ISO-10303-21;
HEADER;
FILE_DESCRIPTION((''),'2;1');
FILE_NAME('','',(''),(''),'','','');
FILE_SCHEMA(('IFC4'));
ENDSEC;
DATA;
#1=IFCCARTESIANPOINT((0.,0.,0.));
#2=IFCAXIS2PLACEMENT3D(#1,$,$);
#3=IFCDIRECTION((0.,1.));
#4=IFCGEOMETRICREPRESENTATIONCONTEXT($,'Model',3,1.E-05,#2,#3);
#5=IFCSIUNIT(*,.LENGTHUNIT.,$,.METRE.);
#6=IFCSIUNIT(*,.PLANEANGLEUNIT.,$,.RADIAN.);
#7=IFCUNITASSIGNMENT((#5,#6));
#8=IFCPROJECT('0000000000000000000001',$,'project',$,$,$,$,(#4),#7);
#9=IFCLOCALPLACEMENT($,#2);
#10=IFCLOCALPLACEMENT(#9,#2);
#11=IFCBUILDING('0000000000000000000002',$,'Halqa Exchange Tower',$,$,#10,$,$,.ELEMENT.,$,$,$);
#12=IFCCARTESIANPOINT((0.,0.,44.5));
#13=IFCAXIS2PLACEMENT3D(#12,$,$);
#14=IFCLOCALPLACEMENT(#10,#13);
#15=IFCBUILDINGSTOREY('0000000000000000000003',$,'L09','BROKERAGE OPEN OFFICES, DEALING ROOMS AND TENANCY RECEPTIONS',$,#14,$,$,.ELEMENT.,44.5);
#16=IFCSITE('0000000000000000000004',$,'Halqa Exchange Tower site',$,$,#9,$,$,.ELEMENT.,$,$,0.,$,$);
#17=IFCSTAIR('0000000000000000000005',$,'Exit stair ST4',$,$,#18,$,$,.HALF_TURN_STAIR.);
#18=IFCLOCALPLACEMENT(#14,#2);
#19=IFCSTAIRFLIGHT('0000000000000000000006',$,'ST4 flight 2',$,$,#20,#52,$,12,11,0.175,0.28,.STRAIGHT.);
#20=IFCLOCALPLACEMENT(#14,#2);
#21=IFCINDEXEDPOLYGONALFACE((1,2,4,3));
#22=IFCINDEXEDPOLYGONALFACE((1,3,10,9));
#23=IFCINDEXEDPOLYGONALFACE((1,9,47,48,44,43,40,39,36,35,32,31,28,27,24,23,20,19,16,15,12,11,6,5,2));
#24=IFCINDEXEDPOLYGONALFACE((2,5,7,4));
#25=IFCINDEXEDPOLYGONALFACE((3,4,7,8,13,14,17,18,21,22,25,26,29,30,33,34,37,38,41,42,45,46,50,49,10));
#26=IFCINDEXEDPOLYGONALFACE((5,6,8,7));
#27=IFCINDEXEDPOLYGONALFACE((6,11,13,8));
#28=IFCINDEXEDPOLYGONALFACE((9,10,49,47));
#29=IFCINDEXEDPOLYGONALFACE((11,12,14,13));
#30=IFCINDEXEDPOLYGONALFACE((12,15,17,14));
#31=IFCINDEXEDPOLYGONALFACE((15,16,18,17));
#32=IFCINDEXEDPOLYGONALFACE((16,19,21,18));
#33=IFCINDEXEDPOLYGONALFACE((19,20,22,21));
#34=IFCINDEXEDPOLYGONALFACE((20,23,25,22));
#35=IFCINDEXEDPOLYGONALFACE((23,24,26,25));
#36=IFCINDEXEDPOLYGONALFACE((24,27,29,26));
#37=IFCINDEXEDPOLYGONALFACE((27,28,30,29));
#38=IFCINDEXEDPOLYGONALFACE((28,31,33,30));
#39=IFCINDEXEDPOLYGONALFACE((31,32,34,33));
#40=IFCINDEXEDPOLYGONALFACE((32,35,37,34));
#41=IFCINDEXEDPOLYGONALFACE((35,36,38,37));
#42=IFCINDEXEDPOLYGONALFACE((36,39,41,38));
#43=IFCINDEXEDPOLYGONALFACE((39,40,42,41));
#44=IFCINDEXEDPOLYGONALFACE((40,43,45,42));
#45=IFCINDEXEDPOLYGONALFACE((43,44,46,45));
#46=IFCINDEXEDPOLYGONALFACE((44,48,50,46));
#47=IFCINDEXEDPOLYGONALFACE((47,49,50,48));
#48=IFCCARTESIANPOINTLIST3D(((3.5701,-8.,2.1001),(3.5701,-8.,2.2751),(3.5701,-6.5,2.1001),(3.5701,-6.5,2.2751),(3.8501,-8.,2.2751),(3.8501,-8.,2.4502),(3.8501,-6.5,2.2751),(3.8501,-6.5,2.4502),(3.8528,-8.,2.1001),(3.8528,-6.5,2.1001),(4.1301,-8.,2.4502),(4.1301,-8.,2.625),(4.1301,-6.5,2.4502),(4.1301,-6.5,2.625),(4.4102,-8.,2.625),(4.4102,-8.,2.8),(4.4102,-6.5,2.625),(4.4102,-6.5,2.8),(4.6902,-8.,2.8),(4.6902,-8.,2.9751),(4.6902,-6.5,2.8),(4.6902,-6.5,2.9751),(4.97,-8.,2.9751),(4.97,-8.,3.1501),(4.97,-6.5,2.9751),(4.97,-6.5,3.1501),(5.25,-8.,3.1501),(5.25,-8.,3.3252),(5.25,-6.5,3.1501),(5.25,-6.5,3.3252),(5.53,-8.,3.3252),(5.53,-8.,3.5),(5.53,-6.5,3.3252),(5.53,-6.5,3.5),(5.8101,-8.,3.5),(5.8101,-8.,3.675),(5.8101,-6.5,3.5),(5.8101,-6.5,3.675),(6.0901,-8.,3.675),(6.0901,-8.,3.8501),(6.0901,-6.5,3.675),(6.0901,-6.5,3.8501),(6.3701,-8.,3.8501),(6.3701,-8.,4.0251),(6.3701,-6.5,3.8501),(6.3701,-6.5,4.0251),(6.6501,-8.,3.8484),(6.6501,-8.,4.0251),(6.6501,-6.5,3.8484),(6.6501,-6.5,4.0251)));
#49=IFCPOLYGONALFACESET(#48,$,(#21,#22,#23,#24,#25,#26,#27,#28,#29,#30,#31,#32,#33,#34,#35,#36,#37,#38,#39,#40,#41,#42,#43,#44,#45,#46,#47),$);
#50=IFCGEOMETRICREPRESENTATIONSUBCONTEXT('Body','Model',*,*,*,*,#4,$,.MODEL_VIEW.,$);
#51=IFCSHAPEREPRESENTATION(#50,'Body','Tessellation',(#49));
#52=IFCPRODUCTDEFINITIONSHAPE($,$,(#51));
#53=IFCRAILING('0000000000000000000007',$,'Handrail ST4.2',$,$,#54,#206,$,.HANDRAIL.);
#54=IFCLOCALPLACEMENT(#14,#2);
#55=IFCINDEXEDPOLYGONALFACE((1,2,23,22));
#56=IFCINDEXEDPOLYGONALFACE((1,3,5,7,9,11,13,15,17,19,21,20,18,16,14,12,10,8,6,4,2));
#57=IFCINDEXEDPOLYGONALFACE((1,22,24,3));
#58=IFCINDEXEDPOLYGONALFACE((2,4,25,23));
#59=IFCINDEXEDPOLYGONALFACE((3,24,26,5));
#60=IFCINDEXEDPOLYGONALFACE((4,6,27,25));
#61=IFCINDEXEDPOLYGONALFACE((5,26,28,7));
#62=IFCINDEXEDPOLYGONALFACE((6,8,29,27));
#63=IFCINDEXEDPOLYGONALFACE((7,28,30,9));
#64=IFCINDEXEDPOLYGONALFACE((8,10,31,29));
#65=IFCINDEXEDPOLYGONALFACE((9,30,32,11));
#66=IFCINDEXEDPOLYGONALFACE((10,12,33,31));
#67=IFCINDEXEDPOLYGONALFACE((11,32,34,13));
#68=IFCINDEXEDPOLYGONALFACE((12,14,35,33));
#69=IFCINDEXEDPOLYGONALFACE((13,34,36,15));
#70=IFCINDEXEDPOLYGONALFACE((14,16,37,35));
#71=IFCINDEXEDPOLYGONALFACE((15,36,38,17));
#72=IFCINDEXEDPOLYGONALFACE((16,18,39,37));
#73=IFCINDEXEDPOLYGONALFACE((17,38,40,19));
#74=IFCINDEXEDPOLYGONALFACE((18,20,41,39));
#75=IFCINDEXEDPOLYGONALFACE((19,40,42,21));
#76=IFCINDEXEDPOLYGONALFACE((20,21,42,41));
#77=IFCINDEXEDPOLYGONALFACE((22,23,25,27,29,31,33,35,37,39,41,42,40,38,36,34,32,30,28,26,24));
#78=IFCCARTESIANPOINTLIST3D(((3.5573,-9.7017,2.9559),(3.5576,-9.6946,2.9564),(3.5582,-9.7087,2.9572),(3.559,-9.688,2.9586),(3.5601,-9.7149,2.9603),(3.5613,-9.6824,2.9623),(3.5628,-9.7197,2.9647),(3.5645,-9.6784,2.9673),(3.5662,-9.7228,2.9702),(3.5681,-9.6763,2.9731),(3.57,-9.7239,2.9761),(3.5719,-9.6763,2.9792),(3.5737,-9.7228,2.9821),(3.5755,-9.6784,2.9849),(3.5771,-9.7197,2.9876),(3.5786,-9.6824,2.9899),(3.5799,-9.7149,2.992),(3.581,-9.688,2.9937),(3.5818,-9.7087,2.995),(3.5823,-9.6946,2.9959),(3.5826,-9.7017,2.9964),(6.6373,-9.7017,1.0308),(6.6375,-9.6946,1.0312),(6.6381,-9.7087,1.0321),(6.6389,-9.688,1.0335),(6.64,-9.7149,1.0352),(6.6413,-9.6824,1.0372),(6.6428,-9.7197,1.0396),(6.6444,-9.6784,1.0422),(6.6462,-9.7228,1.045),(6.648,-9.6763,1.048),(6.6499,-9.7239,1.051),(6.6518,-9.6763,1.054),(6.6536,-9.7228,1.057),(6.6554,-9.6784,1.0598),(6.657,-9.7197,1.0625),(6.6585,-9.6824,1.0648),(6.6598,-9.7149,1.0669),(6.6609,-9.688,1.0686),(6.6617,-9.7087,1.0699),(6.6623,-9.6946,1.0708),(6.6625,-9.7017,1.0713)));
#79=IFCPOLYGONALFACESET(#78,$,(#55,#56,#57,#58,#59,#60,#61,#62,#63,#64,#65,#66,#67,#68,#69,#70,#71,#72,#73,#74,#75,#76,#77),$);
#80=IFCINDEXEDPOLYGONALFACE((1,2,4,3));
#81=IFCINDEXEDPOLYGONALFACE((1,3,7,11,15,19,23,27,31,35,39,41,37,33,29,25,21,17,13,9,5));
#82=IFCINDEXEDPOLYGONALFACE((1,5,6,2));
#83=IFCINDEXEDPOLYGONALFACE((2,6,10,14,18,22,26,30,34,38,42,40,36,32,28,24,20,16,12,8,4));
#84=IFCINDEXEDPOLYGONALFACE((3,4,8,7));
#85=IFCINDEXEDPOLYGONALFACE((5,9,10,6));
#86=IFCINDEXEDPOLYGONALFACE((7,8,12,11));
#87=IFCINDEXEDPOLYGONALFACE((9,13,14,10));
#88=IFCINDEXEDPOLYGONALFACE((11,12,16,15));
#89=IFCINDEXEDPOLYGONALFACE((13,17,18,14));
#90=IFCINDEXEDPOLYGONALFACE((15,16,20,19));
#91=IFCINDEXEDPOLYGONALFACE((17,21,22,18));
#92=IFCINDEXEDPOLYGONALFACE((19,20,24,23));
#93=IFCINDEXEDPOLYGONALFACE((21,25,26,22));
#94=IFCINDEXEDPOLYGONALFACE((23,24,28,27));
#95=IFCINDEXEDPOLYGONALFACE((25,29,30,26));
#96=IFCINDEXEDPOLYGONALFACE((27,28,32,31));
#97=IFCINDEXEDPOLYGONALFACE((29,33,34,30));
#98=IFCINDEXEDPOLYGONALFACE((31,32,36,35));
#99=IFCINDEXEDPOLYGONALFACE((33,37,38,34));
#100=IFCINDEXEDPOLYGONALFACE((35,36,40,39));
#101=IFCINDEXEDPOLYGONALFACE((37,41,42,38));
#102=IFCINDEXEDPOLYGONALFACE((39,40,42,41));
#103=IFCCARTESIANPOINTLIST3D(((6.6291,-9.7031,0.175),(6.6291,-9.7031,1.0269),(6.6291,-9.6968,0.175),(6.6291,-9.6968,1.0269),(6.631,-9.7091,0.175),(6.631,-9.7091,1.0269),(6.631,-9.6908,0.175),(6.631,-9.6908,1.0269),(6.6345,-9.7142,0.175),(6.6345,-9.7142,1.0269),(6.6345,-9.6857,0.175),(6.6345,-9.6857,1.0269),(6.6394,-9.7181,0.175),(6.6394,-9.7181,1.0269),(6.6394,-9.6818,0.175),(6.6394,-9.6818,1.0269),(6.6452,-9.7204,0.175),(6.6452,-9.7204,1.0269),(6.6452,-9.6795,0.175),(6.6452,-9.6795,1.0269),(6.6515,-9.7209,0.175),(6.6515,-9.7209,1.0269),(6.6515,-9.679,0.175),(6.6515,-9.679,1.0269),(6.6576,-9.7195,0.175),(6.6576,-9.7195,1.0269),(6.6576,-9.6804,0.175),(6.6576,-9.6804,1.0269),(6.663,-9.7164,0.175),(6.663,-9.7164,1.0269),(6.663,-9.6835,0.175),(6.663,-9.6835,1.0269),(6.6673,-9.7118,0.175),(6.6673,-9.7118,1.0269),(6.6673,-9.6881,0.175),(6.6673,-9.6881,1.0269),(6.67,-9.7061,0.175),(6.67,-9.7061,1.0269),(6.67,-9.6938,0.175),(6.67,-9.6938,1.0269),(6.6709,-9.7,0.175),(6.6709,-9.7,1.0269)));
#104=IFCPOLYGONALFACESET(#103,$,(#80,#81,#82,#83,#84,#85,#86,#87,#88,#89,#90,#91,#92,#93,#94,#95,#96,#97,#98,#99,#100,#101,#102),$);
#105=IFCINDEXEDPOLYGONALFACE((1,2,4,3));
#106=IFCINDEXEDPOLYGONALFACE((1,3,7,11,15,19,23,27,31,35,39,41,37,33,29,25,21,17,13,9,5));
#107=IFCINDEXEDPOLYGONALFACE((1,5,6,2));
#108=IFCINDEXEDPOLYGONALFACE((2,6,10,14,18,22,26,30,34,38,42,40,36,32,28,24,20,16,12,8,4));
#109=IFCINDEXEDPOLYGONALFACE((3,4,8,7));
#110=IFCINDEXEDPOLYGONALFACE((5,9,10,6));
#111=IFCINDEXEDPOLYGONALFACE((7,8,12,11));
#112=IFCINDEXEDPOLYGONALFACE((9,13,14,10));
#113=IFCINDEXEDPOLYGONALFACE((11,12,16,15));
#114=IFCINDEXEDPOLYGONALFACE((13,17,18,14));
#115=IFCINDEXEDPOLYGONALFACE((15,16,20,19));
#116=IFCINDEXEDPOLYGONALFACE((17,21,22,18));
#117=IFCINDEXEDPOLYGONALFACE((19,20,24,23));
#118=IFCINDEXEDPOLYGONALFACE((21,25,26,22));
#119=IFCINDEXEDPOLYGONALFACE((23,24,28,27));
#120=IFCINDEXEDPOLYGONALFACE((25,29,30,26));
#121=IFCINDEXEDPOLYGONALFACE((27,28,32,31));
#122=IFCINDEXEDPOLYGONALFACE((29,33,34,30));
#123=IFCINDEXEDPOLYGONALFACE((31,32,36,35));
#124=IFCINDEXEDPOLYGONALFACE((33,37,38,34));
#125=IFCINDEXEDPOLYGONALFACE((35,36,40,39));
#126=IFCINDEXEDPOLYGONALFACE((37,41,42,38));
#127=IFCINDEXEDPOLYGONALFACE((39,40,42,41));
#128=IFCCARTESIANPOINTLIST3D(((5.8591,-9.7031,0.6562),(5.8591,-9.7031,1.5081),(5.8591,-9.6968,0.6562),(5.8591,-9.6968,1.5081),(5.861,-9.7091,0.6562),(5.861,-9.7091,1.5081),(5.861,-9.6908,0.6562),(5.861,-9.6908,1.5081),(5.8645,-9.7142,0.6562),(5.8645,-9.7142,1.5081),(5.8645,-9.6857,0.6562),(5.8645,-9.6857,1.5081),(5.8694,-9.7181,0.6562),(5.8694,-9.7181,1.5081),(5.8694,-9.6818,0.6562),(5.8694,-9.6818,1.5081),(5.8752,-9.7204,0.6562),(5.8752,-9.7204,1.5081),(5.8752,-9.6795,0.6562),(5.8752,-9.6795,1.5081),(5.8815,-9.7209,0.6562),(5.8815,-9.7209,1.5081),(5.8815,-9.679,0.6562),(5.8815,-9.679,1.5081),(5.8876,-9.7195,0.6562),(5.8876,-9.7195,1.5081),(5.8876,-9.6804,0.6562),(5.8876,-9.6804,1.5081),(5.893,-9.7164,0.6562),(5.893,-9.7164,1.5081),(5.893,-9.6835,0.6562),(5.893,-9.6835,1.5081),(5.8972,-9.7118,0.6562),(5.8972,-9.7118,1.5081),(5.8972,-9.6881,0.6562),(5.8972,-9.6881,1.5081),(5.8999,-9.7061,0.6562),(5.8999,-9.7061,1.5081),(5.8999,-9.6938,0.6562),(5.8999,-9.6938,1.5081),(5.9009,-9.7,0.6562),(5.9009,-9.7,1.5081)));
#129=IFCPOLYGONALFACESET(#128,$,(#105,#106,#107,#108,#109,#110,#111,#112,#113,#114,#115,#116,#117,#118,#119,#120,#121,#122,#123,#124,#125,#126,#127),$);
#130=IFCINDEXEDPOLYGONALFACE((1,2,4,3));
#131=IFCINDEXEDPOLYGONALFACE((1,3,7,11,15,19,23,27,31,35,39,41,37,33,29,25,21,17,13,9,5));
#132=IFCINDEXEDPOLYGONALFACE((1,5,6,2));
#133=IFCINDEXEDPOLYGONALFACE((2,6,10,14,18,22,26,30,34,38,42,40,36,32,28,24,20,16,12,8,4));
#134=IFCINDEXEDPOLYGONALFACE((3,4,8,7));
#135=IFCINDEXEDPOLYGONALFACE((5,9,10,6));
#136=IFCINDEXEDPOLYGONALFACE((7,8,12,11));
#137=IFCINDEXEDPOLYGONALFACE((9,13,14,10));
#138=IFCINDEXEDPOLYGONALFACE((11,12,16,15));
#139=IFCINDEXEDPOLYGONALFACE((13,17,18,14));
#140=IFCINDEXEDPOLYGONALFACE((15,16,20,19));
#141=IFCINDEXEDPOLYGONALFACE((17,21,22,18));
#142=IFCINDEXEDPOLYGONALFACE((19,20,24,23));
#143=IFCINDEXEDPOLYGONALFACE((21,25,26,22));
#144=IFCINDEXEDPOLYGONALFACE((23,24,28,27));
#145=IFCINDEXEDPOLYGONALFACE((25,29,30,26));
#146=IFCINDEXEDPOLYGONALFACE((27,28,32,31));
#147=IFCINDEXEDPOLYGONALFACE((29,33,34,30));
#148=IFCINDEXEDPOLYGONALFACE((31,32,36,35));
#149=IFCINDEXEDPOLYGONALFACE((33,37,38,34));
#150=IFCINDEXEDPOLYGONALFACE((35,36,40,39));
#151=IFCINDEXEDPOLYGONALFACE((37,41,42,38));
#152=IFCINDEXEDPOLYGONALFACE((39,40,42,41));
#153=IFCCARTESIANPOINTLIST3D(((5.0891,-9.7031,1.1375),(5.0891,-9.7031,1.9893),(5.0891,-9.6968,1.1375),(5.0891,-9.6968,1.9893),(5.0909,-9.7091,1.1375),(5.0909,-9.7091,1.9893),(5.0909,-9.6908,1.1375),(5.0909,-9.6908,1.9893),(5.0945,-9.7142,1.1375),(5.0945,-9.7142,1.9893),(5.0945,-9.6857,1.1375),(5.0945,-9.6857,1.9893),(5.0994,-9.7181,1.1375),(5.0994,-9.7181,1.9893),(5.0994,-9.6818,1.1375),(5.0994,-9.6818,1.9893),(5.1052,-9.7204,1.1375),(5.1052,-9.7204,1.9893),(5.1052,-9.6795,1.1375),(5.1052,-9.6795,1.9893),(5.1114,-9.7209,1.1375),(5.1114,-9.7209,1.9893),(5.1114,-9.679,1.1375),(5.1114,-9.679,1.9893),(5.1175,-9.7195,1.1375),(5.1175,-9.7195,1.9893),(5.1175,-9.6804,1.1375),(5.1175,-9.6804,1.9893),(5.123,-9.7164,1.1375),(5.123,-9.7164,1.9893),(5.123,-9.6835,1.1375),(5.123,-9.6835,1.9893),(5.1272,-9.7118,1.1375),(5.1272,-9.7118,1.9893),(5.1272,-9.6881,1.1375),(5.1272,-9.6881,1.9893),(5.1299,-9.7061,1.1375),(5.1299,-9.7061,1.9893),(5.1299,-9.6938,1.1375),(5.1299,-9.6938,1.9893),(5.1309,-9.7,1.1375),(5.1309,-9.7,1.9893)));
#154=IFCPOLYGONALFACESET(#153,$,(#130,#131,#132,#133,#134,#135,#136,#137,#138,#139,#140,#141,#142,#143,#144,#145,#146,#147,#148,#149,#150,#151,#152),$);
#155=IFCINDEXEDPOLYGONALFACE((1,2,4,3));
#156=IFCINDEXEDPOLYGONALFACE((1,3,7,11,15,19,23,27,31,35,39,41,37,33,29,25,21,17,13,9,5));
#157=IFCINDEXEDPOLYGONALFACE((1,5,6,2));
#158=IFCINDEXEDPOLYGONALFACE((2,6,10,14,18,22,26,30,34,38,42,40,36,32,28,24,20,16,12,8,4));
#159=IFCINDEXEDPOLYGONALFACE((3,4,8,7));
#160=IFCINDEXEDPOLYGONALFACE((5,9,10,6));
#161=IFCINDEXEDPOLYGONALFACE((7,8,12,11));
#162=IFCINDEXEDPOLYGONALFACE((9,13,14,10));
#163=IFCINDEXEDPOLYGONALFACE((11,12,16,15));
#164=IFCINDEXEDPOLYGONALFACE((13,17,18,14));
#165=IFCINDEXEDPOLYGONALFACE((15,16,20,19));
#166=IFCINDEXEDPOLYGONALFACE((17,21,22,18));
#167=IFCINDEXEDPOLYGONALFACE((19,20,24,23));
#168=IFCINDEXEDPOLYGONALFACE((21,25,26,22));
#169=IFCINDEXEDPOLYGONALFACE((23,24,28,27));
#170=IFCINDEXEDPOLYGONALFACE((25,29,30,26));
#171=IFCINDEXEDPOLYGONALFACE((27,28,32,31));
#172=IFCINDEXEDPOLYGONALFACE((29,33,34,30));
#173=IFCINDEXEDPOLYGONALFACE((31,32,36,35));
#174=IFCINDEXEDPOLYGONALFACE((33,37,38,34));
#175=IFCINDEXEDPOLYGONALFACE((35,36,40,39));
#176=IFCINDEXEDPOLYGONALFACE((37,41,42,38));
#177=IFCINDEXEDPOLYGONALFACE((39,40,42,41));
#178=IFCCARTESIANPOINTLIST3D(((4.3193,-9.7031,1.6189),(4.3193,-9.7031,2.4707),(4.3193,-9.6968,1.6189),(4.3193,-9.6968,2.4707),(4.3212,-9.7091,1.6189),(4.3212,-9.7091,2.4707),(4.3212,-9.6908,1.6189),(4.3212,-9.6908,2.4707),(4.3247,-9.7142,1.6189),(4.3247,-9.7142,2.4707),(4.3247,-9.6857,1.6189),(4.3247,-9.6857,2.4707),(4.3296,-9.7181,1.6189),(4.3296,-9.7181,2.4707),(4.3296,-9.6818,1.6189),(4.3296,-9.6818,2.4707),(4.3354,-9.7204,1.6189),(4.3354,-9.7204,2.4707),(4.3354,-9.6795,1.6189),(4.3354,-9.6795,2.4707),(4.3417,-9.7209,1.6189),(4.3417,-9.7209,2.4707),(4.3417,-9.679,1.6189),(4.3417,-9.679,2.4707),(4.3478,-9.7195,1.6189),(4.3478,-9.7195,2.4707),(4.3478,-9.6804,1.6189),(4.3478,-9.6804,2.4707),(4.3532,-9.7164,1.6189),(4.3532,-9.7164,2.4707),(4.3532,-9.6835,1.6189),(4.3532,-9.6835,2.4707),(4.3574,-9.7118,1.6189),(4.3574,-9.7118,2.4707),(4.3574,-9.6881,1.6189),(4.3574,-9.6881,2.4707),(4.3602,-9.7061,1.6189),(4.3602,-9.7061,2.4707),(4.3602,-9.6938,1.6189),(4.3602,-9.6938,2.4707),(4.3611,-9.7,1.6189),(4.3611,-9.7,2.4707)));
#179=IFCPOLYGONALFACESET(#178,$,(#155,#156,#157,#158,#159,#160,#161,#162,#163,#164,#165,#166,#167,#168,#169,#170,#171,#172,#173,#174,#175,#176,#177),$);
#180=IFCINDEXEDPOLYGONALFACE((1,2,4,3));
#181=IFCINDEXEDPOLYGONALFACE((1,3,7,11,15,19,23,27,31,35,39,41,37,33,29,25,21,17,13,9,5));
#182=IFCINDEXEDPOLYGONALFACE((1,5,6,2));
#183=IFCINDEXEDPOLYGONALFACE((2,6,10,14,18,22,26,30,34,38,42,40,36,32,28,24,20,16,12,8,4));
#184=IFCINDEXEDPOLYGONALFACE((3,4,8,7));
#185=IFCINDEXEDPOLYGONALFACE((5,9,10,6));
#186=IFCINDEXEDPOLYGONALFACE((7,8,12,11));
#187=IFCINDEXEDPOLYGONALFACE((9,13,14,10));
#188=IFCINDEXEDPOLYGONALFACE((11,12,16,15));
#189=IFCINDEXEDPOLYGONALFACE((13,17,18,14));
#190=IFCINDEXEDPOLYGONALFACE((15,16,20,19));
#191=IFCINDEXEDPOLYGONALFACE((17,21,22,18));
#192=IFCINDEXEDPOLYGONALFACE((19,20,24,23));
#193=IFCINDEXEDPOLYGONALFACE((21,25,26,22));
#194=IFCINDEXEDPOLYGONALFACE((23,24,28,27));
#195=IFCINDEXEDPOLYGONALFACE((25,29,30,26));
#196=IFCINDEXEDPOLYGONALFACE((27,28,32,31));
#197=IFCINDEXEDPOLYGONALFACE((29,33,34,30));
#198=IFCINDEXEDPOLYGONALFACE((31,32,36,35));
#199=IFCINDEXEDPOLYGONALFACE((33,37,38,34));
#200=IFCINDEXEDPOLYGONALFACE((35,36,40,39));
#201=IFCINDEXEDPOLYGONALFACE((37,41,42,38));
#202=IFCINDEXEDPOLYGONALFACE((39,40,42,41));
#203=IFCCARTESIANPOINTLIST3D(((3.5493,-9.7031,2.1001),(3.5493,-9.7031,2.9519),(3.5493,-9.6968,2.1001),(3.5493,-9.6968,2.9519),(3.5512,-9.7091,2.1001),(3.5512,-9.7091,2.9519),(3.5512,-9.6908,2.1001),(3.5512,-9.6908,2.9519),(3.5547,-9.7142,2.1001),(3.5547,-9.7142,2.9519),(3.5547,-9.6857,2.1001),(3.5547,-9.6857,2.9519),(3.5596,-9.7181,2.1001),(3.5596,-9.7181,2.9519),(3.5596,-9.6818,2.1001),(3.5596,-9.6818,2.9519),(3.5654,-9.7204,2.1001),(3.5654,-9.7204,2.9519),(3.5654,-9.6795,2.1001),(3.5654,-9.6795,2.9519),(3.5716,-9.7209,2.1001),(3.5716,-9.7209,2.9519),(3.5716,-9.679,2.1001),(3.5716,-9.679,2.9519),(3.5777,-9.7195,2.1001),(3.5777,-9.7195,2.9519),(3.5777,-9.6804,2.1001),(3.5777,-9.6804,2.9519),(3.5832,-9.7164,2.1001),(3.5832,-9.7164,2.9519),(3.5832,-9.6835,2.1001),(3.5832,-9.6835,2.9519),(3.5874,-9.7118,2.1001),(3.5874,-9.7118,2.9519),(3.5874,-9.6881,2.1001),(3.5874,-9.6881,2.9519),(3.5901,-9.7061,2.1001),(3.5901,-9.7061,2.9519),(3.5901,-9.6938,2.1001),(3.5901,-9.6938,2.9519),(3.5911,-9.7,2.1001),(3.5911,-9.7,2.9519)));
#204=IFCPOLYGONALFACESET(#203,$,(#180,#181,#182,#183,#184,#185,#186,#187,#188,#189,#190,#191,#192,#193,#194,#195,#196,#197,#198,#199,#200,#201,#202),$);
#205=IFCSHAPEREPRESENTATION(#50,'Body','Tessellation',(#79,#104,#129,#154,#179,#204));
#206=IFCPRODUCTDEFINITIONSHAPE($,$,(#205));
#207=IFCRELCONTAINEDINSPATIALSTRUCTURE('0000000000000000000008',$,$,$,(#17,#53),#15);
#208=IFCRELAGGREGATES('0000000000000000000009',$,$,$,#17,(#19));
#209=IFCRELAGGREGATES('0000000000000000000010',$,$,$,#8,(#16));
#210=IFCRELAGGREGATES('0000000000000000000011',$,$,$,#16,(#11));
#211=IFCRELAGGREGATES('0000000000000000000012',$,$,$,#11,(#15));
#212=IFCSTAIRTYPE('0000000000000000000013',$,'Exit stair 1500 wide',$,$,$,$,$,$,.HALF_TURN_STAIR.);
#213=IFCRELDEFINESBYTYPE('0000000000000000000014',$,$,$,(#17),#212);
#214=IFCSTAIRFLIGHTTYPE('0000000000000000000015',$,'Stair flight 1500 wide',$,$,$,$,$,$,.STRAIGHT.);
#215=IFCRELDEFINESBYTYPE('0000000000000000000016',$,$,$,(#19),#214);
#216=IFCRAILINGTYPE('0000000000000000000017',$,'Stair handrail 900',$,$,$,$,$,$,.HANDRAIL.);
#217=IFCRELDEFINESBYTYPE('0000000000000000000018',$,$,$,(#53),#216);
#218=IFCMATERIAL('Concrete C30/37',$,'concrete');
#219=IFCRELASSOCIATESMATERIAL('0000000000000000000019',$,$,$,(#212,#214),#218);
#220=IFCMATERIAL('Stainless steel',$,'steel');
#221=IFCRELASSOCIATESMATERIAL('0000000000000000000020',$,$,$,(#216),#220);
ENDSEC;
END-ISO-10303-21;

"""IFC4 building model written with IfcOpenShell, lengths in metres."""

from ifc_helpers import new_model, si_unit, direction, frame, origin, origin_2d, place, context, subcontext, project, spatial, polyline, circle, outline, extrude, material, type_object, element, aggregate, save


model = new_model("IFC4")

# Units and contexts
model_context = context("Model", 3, precision=1e-05, world=origin(), true_north=direction((0.0, 1.0)))
body_context = subcontext(model_context, "Body", "Model", "MODEL_VIEW")
ifc_project = project(units=[si_unit("LENGTHUNIT", "METRE"), si_unit("PLANEANGLEUNIT", "RADIAN")], contexts=[model_context])

# Site, building, storey
site_placement = place(None, origin())
site = spatial("IfcSite", under=ifc_project, at=site_placement, Name="Halqa Exchange Tower site", CompositionType="ELEMENT", RefElevation=0.0)
building_placement = place(site_placement, origin())
building = spatial("IfcBuilding", under=site, at=building_placement, Name="Halqa Exchange Tower", CompositionType="ELEMENT")
storey_placement = place(building_placement, frame((0.0, 0.0, 44.5)))
storey = spatial("IfcBuildingStorey", under=building, at=storey_placement, Name="L09", Description="BROKERAGE OPEN OFFICES, DEALING ROOMS AND TENANCY RECEPTIONS", CompositionType="ELEMENT", Elevation=44.5)

# Shared definitions
ifc_material_1 = material(Name="Concrete C30/37", Category="concrete")

# Stair, stair flight
stair_type = type_object("IfcStairType", Name="Exit stair 1500 wide", PredefinedType="HALF_TURN_STAIR", material=ifc_material_1)
stair_placement = place(storey_placement, origin())
stair = element("IfcStair", 1, at=stair_placement, inside=storey, type_object=stair_type, Name="Exit stair ST4", PredefinedType="HALF_TURN_STAIR")
stair_flight_type = type_object("IfcStairFlightType", Name="Stair flight 1500 wide", PredefinedType="STRAIGHT", material=ifc_material_1)
stair_flight_1_placement = place(storey_placement, frame((3.5701, -7.25, 2.1001), z_axis=(0.0, 0.0, 1.0), x_axis=(1.0, 0.0, 0.0)))
stair_flight_1 = element("IfcStairFlight", 2, at=stair_flight_1_placement, type_object=stair_flight_type, Name="ST4 flight 2", NumberOfRisers=12, NumberOfTreads=11, PredefinedType="STRAIGHT", RiserHeight=0.175, TreadLength=0.28, context=body_context, shape_type="SweptSolid", body=[
    extrude(outline(polyline([(0.0, 0.0), (0.0, 0.175), (0.28, 0.175), (0.28, 0.3501), (0.5601, 0.3501), (0.5601, 0.5249), (0.8401, 0.5249), (0.8401, 0.7), (1.1201, 0.7), (1.1201, 0.875), (1.3999, 0.875), (1.3999, 1.05), (1.6799, 1.05), (1.6799, 1.2251), (1.96, 1.2251), (1.96, 1.3999), (2.24, 1.3999), (2.24, 1.575), (2.52, 1.575), (2.52, 1.75), (2.8, 1.75), (2.8, 1.925), (3.0801, 1.925), (3.0801, 2.1001), (3.0801, 1.7483), (0.2827, 0.0), (0.0, 0.0)])), frame((0.0, 0.75, 0.0), z_axis=(0.0, -1.0, 0.0), x_axis=(1.0, 0.0, 0.0)), (0.0, 0.0, 1.0), 1.5),
])
aggregate(stair, [stair_flight_1])

# Railing
ifc_material_2 = material(Name="Stainless steel", Category="steel")
railing_type_1 = type_object("IfcRailingType", Name="Stair handrail 900", PredefinedType="HANDRAIL", material=ifc_material_2)
railing_1_placement = place(storey_placement, frame((6.6499, -9.7, 0.175)))
element("IfcRailing", 3, at=railing_1_placement, inside=storey, type_object=railing_type_1, Name="Handrail ST4.2", PredefinedType="HANDRAIL", context=body_context, shape_type="SweptSolid", body=[
    extrude(circle(Radius=0.0239, at=origin_2d()), frame((0.0, 0.0, 0.876), z_axis=(-0.847979, 0.0, 0.530029), x_axis=(0.0, -1.0, 0.0)), (0.0, 0.0, 1.0), 3.6321),
    extrude(circle(Radius=0.021, at=origin_2d()), origin(), (0.0, 0.0, 1.0), 0.8518),
    extrude(circle(Radius=0.021, at=origin_2d()), frame((-0.77, 0.0, 0.4812)), (0.0, 0.0, 1.0), 0.8518),
    extrude(circle(Radius=0.021, at=origin_2d()), frame((-1.54, 0.0, 0.9624)), (0.0, 0.0, 1.0), 0.8518),
    extrude(circle(Radius=0.021, at=origin_2d()), frame((-2.3098, 0.0, 1.4438)), (0.0, 0.0, 1.0), 0.8518),
    extrude(circle(Radius=0.021, at=origin_2d()), frame((-3.0798, 0.0, 1.925)), (0.0, 0.0, 1.0), 0.8518),
])

save(model, "model.ifc")
